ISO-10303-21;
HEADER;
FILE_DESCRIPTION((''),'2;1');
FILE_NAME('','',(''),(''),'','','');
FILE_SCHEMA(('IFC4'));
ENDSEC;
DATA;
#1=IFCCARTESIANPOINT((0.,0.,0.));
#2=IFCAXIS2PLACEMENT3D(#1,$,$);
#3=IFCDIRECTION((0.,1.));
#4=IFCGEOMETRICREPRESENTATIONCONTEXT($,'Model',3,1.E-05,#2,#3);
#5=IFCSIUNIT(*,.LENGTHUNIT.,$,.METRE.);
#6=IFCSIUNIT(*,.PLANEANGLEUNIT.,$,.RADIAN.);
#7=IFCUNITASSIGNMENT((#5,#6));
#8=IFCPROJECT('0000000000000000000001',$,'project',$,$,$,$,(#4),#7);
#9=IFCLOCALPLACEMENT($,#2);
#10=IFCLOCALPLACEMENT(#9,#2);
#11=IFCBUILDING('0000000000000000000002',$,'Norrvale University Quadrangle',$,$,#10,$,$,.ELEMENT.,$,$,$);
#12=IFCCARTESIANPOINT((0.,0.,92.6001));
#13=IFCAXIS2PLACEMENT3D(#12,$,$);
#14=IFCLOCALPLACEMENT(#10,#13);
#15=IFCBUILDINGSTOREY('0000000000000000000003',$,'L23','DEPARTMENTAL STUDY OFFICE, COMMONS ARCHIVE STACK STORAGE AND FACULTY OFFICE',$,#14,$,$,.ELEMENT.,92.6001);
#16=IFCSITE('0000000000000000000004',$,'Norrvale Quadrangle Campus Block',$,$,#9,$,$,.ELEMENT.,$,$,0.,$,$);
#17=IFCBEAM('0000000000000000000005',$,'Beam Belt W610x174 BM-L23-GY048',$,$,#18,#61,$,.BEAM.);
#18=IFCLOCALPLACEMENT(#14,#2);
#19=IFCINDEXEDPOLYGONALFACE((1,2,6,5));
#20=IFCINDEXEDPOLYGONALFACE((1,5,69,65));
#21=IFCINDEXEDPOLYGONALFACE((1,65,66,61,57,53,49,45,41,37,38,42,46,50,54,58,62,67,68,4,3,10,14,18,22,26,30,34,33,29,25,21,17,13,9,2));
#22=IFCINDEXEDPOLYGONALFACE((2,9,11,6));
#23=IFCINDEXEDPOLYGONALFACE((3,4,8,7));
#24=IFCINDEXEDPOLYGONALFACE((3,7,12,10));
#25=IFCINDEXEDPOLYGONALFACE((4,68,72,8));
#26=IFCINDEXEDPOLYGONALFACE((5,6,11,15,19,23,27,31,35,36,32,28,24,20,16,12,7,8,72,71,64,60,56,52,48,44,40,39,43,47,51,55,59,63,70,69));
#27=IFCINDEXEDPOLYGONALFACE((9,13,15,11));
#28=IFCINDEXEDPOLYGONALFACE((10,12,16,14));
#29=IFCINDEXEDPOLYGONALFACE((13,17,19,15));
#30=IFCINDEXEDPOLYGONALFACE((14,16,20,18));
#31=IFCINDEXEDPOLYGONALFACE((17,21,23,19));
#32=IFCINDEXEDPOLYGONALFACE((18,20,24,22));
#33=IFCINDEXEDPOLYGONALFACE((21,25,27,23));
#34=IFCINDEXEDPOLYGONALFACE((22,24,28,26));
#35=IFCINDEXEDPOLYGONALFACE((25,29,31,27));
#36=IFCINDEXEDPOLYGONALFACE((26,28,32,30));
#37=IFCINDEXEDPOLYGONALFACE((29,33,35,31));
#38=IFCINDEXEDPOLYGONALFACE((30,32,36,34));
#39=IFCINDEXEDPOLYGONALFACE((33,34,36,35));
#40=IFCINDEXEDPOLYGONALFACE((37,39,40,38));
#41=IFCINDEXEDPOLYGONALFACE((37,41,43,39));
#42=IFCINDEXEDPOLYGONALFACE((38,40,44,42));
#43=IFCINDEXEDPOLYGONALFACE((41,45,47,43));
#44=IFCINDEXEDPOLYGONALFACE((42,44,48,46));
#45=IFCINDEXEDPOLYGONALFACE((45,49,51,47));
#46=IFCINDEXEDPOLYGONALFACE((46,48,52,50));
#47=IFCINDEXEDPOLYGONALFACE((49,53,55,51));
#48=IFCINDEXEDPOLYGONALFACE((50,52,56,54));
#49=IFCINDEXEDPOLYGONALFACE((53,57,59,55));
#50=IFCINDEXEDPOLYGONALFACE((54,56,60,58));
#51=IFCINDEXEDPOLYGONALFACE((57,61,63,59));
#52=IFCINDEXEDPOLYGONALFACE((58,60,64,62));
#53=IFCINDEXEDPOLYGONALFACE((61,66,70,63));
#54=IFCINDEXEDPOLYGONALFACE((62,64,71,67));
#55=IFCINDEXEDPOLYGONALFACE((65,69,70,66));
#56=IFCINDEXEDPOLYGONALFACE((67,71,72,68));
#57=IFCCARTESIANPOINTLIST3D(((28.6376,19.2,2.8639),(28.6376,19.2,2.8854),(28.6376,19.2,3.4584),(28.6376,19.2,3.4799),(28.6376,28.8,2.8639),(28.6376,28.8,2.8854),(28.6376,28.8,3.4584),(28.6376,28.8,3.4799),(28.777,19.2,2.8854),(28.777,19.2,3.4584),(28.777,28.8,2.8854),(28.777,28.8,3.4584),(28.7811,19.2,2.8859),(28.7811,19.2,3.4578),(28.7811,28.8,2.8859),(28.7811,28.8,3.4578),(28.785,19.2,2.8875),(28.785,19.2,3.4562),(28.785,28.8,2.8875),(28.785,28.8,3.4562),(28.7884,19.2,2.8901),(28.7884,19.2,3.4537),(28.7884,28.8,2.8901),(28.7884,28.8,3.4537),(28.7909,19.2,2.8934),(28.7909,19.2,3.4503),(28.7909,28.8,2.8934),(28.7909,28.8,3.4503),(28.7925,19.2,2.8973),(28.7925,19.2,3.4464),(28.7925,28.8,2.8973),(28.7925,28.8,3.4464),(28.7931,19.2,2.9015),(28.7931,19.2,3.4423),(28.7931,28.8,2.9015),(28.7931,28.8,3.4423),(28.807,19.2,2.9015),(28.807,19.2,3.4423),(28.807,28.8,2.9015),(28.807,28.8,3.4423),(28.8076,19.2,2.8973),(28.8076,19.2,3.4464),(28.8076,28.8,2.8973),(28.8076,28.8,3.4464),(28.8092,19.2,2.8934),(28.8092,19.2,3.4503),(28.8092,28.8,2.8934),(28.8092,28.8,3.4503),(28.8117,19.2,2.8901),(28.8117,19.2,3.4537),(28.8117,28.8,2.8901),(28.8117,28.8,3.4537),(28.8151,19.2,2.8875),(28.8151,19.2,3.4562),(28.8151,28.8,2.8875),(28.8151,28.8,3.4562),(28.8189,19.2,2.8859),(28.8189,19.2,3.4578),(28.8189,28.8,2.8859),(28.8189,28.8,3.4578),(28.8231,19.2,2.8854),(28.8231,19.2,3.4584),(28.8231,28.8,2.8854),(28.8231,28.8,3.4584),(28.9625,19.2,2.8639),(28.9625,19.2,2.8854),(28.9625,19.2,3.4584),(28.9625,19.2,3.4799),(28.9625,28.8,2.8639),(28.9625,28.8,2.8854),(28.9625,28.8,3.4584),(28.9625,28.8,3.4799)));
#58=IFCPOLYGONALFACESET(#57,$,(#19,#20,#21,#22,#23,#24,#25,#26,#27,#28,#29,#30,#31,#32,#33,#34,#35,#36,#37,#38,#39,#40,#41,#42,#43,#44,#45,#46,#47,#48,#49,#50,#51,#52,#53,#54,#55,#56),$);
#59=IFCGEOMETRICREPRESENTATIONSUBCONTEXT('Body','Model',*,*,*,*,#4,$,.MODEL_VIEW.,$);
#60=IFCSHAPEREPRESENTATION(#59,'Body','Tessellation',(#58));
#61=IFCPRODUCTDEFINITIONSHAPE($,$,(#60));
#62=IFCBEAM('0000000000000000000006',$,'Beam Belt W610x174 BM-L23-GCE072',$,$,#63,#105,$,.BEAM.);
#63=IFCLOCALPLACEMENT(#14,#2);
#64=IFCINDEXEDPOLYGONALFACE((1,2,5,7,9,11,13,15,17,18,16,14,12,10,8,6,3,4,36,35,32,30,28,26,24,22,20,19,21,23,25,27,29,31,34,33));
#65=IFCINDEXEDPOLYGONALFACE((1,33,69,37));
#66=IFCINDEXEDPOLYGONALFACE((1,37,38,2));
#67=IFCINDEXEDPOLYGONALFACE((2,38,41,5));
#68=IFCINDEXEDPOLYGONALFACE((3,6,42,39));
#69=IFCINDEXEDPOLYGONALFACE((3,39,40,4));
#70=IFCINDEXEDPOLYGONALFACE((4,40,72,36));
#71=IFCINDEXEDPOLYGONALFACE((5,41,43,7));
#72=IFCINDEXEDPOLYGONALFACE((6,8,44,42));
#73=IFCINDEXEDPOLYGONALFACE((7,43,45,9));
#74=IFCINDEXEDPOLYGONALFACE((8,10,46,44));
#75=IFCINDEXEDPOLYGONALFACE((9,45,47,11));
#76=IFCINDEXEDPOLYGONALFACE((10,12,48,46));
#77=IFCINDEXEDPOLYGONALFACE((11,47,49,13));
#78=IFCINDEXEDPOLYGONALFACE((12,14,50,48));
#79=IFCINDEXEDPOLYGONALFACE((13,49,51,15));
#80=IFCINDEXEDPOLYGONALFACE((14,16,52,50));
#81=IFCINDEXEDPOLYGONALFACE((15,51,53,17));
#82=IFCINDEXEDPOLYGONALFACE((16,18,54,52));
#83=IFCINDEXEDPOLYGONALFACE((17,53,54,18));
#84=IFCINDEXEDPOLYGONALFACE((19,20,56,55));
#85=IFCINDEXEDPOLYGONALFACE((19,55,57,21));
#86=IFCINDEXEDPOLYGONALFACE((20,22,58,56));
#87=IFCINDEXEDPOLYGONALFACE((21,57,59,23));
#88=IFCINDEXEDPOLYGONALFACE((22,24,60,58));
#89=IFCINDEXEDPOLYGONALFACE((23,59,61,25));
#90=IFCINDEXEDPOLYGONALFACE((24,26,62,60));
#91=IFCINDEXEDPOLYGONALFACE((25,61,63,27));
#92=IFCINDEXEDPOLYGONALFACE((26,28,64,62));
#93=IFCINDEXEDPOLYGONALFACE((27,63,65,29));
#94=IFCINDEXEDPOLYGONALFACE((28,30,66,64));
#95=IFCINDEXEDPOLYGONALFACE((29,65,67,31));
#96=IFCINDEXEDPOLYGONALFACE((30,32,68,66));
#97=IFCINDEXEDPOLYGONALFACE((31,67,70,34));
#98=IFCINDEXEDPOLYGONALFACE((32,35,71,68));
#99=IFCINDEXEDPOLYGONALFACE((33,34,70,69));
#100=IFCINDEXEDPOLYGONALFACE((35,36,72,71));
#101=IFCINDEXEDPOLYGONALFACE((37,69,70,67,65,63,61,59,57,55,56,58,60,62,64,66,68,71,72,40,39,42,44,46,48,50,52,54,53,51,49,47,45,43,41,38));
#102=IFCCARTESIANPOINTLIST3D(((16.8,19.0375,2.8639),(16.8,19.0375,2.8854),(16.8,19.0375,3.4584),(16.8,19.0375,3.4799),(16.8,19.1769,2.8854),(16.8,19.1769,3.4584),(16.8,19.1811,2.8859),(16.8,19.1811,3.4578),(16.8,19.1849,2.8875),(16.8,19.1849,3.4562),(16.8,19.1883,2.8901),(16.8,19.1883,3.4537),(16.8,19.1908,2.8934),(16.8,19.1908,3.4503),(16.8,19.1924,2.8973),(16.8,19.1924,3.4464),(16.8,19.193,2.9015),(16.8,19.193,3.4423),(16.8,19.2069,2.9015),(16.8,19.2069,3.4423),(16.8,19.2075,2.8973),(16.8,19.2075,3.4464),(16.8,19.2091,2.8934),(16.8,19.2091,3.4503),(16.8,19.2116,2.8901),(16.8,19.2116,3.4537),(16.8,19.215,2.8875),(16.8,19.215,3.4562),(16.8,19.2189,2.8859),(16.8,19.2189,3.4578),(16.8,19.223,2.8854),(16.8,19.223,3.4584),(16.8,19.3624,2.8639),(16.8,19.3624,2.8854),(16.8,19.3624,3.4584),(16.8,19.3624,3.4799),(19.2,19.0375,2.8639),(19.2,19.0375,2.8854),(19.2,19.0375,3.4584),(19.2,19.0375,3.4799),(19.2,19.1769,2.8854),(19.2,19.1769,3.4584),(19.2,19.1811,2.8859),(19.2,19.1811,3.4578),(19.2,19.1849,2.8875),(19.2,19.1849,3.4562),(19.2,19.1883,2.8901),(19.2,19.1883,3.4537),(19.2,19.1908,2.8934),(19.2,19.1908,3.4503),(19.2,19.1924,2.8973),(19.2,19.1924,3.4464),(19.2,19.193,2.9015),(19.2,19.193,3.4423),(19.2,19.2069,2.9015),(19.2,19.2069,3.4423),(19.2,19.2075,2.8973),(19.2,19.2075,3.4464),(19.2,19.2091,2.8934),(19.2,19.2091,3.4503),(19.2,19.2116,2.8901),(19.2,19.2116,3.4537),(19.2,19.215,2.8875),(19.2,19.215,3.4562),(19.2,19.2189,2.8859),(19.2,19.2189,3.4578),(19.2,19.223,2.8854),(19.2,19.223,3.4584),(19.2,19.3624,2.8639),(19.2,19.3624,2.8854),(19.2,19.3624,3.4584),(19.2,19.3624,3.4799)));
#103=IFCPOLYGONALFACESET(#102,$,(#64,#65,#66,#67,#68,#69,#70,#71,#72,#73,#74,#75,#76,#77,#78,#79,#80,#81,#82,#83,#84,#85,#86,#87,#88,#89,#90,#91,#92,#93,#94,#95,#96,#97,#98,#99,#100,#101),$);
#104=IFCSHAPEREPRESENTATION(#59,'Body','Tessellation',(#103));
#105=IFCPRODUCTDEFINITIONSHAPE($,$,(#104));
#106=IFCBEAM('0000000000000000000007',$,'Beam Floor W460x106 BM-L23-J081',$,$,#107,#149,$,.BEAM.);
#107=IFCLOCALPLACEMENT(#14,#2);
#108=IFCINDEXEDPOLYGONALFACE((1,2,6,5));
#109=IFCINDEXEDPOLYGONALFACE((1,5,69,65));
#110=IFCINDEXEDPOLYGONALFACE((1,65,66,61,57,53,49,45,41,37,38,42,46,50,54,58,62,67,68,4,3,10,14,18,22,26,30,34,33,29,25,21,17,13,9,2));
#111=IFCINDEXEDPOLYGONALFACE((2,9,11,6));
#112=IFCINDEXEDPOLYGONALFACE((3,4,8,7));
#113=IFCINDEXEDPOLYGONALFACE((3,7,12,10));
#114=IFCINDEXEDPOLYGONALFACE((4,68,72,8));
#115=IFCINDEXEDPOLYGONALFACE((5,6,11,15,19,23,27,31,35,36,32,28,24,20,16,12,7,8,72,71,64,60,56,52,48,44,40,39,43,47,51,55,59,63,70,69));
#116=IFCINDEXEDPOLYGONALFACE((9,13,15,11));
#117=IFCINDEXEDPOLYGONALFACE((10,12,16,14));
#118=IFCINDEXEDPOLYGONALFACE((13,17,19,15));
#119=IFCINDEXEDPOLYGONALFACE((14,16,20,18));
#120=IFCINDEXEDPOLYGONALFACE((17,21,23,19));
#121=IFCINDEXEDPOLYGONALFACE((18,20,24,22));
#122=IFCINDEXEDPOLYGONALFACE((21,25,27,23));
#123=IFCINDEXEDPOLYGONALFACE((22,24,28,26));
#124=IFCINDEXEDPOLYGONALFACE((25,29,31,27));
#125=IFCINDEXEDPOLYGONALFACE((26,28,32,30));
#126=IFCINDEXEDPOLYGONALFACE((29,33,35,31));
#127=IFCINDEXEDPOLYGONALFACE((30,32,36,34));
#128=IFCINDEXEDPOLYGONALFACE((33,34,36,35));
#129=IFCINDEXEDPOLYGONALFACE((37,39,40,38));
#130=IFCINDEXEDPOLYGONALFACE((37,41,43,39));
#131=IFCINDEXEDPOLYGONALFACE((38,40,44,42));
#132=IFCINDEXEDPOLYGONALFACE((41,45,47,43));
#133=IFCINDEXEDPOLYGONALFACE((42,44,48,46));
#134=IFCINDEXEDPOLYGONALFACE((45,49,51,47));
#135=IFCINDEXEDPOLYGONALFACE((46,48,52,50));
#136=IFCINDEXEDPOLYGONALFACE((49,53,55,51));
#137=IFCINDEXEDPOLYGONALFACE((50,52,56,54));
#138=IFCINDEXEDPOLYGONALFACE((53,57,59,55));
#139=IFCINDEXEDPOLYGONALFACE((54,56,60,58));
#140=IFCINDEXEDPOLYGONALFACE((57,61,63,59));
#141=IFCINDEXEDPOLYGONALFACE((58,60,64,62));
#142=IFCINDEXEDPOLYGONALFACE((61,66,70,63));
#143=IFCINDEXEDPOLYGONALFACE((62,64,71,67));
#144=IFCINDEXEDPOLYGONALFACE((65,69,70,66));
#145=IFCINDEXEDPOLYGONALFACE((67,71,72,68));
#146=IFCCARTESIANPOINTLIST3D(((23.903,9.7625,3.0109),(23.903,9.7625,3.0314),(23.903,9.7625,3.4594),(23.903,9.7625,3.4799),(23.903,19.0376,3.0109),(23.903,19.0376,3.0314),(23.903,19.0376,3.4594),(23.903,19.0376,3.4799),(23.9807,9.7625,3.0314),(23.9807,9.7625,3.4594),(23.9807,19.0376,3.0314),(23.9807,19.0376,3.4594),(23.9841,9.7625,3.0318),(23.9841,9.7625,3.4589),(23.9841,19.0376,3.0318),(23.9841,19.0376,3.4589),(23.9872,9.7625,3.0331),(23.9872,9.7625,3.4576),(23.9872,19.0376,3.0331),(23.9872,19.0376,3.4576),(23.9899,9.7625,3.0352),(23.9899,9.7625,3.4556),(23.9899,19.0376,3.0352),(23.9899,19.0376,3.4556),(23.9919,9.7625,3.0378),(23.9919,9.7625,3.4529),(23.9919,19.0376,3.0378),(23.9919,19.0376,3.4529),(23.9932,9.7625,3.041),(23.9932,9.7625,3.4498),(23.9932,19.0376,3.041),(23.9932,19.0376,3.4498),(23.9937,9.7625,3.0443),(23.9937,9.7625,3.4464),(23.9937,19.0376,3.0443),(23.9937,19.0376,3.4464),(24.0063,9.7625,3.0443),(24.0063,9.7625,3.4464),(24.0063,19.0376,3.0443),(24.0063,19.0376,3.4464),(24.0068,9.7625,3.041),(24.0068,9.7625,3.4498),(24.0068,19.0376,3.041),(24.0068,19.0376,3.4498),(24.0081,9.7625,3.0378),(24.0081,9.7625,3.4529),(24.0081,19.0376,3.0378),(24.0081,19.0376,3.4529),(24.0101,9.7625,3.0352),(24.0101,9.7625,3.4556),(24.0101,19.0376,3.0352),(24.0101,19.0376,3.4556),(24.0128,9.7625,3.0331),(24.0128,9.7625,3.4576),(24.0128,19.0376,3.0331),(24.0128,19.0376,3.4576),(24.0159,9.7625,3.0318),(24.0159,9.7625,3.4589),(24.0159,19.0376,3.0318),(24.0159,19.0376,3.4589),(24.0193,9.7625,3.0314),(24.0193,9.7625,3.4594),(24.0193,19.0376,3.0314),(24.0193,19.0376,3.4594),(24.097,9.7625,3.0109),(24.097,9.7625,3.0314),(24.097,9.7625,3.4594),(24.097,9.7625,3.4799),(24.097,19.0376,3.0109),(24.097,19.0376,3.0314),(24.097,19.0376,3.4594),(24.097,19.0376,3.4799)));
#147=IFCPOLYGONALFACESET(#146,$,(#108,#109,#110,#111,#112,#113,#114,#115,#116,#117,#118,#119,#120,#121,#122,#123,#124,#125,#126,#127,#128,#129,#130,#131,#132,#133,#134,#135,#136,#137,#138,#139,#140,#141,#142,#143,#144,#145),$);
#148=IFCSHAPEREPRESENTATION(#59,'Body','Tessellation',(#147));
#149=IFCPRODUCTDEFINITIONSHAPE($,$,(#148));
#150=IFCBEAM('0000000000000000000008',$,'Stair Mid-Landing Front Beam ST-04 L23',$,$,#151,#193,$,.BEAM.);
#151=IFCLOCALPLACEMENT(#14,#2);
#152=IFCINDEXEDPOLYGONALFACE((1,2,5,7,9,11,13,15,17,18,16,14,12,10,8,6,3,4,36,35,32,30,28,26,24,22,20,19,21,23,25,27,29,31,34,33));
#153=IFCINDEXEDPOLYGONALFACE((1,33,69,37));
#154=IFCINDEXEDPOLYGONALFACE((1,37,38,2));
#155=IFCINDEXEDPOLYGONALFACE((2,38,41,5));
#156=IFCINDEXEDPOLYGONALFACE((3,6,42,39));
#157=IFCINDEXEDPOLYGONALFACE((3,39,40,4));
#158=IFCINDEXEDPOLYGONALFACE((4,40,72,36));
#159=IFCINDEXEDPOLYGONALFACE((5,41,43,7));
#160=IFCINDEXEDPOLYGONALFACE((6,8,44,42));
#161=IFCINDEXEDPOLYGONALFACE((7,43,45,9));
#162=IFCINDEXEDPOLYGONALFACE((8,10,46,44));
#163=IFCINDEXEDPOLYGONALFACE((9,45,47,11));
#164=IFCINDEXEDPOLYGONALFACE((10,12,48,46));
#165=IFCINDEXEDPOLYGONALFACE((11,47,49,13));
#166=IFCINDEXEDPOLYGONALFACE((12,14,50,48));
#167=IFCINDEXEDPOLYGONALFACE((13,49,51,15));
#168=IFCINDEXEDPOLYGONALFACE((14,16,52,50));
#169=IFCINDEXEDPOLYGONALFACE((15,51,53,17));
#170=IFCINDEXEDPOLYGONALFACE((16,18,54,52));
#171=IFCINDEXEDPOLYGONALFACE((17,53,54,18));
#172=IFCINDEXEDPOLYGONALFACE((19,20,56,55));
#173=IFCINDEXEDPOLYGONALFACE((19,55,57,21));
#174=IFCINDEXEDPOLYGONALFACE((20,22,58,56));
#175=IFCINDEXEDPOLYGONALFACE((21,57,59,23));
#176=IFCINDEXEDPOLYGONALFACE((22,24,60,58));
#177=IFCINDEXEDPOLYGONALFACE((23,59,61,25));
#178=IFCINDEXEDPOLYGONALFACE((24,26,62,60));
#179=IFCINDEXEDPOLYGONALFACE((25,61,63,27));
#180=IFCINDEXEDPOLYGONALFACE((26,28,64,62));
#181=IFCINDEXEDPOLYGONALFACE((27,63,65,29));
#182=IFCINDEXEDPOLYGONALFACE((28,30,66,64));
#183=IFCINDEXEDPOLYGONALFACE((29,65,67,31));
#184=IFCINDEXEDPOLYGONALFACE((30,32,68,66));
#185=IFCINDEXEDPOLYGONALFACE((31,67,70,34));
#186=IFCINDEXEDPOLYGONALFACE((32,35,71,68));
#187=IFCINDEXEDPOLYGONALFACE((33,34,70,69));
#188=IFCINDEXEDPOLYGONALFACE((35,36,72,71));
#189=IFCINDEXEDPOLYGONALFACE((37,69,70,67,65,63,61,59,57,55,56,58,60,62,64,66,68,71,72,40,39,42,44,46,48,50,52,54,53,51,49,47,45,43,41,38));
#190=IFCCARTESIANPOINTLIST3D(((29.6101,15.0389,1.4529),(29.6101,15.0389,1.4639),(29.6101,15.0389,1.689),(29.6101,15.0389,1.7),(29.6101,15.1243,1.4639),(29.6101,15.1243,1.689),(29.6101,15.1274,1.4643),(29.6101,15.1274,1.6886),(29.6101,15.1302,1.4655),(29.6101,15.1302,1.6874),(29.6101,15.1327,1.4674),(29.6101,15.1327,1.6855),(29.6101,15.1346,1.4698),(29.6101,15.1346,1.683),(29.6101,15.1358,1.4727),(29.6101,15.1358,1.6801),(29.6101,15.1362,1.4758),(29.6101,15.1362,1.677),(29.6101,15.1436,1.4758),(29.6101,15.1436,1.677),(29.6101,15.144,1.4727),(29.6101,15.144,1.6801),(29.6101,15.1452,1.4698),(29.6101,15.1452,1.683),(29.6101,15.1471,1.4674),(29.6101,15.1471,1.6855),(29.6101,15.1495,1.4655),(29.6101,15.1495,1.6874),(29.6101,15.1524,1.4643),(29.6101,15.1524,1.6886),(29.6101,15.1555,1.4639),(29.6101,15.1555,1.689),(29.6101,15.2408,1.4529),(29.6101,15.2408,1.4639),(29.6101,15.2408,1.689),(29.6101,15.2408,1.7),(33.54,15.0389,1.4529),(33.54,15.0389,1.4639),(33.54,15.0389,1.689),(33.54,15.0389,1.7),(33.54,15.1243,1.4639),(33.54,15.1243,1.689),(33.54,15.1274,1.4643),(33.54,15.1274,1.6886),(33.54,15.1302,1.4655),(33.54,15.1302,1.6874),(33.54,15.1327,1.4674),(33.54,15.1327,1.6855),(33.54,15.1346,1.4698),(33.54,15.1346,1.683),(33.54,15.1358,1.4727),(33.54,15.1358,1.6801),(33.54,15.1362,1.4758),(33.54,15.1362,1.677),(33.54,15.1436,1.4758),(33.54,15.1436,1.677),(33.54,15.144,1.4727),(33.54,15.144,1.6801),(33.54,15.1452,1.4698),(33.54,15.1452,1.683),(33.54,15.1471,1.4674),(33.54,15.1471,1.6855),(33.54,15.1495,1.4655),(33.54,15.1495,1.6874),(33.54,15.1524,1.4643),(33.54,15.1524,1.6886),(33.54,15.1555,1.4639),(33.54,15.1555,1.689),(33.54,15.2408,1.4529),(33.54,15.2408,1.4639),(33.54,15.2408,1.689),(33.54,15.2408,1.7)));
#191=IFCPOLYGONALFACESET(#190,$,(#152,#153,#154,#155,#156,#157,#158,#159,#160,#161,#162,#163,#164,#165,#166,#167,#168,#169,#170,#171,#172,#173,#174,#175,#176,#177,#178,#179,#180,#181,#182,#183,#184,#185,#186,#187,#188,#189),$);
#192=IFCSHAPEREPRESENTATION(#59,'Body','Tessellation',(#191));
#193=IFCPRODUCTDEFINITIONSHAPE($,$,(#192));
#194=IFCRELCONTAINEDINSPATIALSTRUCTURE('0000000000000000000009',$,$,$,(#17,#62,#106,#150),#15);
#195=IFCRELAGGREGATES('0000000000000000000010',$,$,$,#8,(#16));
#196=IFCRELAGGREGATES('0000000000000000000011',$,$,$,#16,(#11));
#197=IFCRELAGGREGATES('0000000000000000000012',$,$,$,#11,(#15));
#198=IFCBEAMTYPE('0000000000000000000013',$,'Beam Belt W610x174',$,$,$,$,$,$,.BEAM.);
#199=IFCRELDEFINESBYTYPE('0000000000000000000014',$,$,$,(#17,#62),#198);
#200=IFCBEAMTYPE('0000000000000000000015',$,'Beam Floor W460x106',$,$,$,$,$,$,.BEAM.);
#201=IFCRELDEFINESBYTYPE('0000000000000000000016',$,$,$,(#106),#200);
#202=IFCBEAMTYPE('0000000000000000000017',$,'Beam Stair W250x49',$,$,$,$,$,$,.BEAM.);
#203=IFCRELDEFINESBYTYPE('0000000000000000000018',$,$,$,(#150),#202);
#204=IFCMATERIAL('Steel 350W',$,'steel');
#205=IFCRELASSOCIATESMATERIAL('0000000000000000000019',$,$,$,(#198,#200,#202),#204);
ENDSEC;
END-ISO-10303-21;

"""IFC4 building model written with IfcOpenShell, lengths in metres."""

from ifc_helpers import new_model, si_unit, direction, frame, origin, origin_2d, place, context, subcontext, project, spatial, i_section, extrude, material, material_profile, profile_set, type_object, element, save


model = new_model("IFC4")

# Units and contexts
model_context = context("Model", 3, precision=1e-05, world=origin(), true_north=direction((0.0, 1.0)))
body_context = subcontext(model_context, "Body", "Model", "MODEL_VIEW")
ifc_project = project(units=[si_unit("LENGTHUNIT", "METRE"), si_unit("PLANEANGLEUNIT", "RADIAN")], contexts=[model_context])

# Site, building, storey
site_placement = place(None, origin())
site = spatial("IfcSite", under=ifc_project, at=site_placement, Name="Norrvale Quadrangle Campus Block", CompositionType="ELEMENT", RefElevation=0.0)
building_placement = place(site_placement, origin())
building = spatial("IfcBuilding", under=site, at=building_placement, Name="Norrvale University Quadrangle", CompositionType="ELEMENT")
storey_placement = place(building_placement, frame((0.0, 0.0, 92.6001)))
storey = spatial("IfcBuildingStorey", under=building, at=storey_placement, Name="L23", Description="DEPARTMENTAL STUDY OFFICE, COMMONS ARCHIVE STACK STORAGE AND FACULTY OFFICE", CompositionType="ELEMENT", Elevation=92.6001)

# Beams
ifc_material_1 = material(Name="Steel 350W", Category="steel")
ifc_material_profile_1 = material_profile(ifc_material_1, i_section(OverallWidth=0.325, OverallDepth=0.616, WebThickness=0.0139, FlangeThickness=0.0215, FilletRadius=0.0161, at=origin_2d()), Name="Steel 350W")
ifc_profile_set_1 = profile_set([ifc_material_profile_1], Name="Steel 350W")
beam_type_1 = type_object("IfcBeamType", Name="Beam Belt W610x174", PredefinedType="BEAM", material=ifc_profile_set_1)
for number, where, z_axis, x_axis, name in (
    (1, (28.8, 19.2, 3.1719), (0.0, 1.0, 0.0), (-1.0, 0.0, 0.0), "Beam Belt W610x174 BM-L23-GY048"),
):
    element("IfcBeam", number, at=place(storey_placement, frame(where, z_axis=z_axis, x_axis=x_axis)), inside=storey, type_object=beam_type_1, Name=name, PredefinedType="BEAM", context=body_context, shape_type="SweptSolid", body=[
        extrude(i_section(OverallWidth=0.325, OverallDepth=0.616, WebThickness=0.0139, FlangeThickness=0.0215, FilletRadius=0.0161, at=origin_2d()), origin(), (0.0, 0.0, 1.0), 9.6001),
    ])
beam_1_placement = place(storey_placement, frame((16.8, 19.2, 3.1719), z_axis=(1.0, 0.0, 0.0), x_axis=(0.0, 1.0, 0.0)))
element("IfcBeam", 2, at=beam_1_placement, inside=storey, type_object=beam_type_1, Name="Beam Belt W610x174 BM-L23-GCE072", PredefinedType="BEAM", context=body_context, shape_type="SweptSolid", body=[
    extrude(i_section(OverallWidth=0.325, OverallDepth=0.616, WebThickness=0.0139, FlangeThickness=0.0215, FilletRadius=0.0161, at=origin_2d()), origin(), (0.0, 0.0, 1.0), 2.3999),
])
ifc_material_profile_2 = material_profile(ifc_material_1, i_section(OverallWidth=0.1941, OverallDepth=0.469, WebThickness=0.0127, FlangeThickness=0.0205, FilletRadius=0.0129, at=origin_2d()), Name="Steel 350W")
ifc_profile_set_2 = profile_set([ifc_material_profile_2], Name="Steel 350W")
beam_type_2 = type_object("IfcBeamType", Name="Beam Floor W460x106", PredefinedType="BEAM", material=ifc_profile_set_2)
beam_2_placement = place(storey_placement, frame((24.0, 9.7625, 3.2454), z_axis=(0.0, 1.0, 0.0), x_axis=(-1.0, 0.0, 0.0)))
element("IfcBeam", 3, at=beam_2_placement, inside=storey, type_object=beam_type_2, Name="Beam Floor W460x106 BM-L23-J081", PredefinedType="BEAM", context=body_context, shape_type="SweptSolid", body=[
    extrude(i_section(OverallWidth=0.1941, OverallDepth=0.469, WebThickness=0.0127, FlangeThickness=0.0205, FilletRadius=0.0129, at=origin_2d()), origin(), (0.0, 0.0, 1.0), 9.2751),
])
ifc_material_profile_3 = material_profile(ifc_material_1, i_section(OverallWidth=0.2019, OverallDepth=0.2471, WebThickness=0.0073, FlangeThickness=0.011, FilletRadius=0.012, at=origin_2d()), Name="Steel 350W")
ifc_profile_set_3 = profile_set([ifc_material_profile_3], Name="Steel 350W")
beam_type_3 = type_object("IfcBeamType", Name="Beam Stair W250x49", PredefinedType="BEAM", material=ifc_profile_set_3)
for number, where, z_axis, x_axis, name in (
    (4, (29.6101, 15.1399, 1.5764), (1.0, 0.0, 0.0), (0.0, 1.0, 0.0), "Stair Mid-Landing Front Beam ST-04 L23"),
):
    element("IfcBeam", number, at=place(storey_placement, frame(where, z_axis=z_axis, x_axis=x_axis)), inside=storey, type_object=beam_type_3, Name=name, PredefinedType="BEAM", context=body_context, shape_type="SweptSolid", body=[
        extrude(i_section(OverallWidth=0.2019, OverallDepth=0.2471, WebThickness=0.0073, FlangeThickness=0.011, FilletRadius=0.012, at=origin_2d()), origin(), (0.0, 0.0, 1.0), 3.9299),
    ])

save(model, "model.ifc")
